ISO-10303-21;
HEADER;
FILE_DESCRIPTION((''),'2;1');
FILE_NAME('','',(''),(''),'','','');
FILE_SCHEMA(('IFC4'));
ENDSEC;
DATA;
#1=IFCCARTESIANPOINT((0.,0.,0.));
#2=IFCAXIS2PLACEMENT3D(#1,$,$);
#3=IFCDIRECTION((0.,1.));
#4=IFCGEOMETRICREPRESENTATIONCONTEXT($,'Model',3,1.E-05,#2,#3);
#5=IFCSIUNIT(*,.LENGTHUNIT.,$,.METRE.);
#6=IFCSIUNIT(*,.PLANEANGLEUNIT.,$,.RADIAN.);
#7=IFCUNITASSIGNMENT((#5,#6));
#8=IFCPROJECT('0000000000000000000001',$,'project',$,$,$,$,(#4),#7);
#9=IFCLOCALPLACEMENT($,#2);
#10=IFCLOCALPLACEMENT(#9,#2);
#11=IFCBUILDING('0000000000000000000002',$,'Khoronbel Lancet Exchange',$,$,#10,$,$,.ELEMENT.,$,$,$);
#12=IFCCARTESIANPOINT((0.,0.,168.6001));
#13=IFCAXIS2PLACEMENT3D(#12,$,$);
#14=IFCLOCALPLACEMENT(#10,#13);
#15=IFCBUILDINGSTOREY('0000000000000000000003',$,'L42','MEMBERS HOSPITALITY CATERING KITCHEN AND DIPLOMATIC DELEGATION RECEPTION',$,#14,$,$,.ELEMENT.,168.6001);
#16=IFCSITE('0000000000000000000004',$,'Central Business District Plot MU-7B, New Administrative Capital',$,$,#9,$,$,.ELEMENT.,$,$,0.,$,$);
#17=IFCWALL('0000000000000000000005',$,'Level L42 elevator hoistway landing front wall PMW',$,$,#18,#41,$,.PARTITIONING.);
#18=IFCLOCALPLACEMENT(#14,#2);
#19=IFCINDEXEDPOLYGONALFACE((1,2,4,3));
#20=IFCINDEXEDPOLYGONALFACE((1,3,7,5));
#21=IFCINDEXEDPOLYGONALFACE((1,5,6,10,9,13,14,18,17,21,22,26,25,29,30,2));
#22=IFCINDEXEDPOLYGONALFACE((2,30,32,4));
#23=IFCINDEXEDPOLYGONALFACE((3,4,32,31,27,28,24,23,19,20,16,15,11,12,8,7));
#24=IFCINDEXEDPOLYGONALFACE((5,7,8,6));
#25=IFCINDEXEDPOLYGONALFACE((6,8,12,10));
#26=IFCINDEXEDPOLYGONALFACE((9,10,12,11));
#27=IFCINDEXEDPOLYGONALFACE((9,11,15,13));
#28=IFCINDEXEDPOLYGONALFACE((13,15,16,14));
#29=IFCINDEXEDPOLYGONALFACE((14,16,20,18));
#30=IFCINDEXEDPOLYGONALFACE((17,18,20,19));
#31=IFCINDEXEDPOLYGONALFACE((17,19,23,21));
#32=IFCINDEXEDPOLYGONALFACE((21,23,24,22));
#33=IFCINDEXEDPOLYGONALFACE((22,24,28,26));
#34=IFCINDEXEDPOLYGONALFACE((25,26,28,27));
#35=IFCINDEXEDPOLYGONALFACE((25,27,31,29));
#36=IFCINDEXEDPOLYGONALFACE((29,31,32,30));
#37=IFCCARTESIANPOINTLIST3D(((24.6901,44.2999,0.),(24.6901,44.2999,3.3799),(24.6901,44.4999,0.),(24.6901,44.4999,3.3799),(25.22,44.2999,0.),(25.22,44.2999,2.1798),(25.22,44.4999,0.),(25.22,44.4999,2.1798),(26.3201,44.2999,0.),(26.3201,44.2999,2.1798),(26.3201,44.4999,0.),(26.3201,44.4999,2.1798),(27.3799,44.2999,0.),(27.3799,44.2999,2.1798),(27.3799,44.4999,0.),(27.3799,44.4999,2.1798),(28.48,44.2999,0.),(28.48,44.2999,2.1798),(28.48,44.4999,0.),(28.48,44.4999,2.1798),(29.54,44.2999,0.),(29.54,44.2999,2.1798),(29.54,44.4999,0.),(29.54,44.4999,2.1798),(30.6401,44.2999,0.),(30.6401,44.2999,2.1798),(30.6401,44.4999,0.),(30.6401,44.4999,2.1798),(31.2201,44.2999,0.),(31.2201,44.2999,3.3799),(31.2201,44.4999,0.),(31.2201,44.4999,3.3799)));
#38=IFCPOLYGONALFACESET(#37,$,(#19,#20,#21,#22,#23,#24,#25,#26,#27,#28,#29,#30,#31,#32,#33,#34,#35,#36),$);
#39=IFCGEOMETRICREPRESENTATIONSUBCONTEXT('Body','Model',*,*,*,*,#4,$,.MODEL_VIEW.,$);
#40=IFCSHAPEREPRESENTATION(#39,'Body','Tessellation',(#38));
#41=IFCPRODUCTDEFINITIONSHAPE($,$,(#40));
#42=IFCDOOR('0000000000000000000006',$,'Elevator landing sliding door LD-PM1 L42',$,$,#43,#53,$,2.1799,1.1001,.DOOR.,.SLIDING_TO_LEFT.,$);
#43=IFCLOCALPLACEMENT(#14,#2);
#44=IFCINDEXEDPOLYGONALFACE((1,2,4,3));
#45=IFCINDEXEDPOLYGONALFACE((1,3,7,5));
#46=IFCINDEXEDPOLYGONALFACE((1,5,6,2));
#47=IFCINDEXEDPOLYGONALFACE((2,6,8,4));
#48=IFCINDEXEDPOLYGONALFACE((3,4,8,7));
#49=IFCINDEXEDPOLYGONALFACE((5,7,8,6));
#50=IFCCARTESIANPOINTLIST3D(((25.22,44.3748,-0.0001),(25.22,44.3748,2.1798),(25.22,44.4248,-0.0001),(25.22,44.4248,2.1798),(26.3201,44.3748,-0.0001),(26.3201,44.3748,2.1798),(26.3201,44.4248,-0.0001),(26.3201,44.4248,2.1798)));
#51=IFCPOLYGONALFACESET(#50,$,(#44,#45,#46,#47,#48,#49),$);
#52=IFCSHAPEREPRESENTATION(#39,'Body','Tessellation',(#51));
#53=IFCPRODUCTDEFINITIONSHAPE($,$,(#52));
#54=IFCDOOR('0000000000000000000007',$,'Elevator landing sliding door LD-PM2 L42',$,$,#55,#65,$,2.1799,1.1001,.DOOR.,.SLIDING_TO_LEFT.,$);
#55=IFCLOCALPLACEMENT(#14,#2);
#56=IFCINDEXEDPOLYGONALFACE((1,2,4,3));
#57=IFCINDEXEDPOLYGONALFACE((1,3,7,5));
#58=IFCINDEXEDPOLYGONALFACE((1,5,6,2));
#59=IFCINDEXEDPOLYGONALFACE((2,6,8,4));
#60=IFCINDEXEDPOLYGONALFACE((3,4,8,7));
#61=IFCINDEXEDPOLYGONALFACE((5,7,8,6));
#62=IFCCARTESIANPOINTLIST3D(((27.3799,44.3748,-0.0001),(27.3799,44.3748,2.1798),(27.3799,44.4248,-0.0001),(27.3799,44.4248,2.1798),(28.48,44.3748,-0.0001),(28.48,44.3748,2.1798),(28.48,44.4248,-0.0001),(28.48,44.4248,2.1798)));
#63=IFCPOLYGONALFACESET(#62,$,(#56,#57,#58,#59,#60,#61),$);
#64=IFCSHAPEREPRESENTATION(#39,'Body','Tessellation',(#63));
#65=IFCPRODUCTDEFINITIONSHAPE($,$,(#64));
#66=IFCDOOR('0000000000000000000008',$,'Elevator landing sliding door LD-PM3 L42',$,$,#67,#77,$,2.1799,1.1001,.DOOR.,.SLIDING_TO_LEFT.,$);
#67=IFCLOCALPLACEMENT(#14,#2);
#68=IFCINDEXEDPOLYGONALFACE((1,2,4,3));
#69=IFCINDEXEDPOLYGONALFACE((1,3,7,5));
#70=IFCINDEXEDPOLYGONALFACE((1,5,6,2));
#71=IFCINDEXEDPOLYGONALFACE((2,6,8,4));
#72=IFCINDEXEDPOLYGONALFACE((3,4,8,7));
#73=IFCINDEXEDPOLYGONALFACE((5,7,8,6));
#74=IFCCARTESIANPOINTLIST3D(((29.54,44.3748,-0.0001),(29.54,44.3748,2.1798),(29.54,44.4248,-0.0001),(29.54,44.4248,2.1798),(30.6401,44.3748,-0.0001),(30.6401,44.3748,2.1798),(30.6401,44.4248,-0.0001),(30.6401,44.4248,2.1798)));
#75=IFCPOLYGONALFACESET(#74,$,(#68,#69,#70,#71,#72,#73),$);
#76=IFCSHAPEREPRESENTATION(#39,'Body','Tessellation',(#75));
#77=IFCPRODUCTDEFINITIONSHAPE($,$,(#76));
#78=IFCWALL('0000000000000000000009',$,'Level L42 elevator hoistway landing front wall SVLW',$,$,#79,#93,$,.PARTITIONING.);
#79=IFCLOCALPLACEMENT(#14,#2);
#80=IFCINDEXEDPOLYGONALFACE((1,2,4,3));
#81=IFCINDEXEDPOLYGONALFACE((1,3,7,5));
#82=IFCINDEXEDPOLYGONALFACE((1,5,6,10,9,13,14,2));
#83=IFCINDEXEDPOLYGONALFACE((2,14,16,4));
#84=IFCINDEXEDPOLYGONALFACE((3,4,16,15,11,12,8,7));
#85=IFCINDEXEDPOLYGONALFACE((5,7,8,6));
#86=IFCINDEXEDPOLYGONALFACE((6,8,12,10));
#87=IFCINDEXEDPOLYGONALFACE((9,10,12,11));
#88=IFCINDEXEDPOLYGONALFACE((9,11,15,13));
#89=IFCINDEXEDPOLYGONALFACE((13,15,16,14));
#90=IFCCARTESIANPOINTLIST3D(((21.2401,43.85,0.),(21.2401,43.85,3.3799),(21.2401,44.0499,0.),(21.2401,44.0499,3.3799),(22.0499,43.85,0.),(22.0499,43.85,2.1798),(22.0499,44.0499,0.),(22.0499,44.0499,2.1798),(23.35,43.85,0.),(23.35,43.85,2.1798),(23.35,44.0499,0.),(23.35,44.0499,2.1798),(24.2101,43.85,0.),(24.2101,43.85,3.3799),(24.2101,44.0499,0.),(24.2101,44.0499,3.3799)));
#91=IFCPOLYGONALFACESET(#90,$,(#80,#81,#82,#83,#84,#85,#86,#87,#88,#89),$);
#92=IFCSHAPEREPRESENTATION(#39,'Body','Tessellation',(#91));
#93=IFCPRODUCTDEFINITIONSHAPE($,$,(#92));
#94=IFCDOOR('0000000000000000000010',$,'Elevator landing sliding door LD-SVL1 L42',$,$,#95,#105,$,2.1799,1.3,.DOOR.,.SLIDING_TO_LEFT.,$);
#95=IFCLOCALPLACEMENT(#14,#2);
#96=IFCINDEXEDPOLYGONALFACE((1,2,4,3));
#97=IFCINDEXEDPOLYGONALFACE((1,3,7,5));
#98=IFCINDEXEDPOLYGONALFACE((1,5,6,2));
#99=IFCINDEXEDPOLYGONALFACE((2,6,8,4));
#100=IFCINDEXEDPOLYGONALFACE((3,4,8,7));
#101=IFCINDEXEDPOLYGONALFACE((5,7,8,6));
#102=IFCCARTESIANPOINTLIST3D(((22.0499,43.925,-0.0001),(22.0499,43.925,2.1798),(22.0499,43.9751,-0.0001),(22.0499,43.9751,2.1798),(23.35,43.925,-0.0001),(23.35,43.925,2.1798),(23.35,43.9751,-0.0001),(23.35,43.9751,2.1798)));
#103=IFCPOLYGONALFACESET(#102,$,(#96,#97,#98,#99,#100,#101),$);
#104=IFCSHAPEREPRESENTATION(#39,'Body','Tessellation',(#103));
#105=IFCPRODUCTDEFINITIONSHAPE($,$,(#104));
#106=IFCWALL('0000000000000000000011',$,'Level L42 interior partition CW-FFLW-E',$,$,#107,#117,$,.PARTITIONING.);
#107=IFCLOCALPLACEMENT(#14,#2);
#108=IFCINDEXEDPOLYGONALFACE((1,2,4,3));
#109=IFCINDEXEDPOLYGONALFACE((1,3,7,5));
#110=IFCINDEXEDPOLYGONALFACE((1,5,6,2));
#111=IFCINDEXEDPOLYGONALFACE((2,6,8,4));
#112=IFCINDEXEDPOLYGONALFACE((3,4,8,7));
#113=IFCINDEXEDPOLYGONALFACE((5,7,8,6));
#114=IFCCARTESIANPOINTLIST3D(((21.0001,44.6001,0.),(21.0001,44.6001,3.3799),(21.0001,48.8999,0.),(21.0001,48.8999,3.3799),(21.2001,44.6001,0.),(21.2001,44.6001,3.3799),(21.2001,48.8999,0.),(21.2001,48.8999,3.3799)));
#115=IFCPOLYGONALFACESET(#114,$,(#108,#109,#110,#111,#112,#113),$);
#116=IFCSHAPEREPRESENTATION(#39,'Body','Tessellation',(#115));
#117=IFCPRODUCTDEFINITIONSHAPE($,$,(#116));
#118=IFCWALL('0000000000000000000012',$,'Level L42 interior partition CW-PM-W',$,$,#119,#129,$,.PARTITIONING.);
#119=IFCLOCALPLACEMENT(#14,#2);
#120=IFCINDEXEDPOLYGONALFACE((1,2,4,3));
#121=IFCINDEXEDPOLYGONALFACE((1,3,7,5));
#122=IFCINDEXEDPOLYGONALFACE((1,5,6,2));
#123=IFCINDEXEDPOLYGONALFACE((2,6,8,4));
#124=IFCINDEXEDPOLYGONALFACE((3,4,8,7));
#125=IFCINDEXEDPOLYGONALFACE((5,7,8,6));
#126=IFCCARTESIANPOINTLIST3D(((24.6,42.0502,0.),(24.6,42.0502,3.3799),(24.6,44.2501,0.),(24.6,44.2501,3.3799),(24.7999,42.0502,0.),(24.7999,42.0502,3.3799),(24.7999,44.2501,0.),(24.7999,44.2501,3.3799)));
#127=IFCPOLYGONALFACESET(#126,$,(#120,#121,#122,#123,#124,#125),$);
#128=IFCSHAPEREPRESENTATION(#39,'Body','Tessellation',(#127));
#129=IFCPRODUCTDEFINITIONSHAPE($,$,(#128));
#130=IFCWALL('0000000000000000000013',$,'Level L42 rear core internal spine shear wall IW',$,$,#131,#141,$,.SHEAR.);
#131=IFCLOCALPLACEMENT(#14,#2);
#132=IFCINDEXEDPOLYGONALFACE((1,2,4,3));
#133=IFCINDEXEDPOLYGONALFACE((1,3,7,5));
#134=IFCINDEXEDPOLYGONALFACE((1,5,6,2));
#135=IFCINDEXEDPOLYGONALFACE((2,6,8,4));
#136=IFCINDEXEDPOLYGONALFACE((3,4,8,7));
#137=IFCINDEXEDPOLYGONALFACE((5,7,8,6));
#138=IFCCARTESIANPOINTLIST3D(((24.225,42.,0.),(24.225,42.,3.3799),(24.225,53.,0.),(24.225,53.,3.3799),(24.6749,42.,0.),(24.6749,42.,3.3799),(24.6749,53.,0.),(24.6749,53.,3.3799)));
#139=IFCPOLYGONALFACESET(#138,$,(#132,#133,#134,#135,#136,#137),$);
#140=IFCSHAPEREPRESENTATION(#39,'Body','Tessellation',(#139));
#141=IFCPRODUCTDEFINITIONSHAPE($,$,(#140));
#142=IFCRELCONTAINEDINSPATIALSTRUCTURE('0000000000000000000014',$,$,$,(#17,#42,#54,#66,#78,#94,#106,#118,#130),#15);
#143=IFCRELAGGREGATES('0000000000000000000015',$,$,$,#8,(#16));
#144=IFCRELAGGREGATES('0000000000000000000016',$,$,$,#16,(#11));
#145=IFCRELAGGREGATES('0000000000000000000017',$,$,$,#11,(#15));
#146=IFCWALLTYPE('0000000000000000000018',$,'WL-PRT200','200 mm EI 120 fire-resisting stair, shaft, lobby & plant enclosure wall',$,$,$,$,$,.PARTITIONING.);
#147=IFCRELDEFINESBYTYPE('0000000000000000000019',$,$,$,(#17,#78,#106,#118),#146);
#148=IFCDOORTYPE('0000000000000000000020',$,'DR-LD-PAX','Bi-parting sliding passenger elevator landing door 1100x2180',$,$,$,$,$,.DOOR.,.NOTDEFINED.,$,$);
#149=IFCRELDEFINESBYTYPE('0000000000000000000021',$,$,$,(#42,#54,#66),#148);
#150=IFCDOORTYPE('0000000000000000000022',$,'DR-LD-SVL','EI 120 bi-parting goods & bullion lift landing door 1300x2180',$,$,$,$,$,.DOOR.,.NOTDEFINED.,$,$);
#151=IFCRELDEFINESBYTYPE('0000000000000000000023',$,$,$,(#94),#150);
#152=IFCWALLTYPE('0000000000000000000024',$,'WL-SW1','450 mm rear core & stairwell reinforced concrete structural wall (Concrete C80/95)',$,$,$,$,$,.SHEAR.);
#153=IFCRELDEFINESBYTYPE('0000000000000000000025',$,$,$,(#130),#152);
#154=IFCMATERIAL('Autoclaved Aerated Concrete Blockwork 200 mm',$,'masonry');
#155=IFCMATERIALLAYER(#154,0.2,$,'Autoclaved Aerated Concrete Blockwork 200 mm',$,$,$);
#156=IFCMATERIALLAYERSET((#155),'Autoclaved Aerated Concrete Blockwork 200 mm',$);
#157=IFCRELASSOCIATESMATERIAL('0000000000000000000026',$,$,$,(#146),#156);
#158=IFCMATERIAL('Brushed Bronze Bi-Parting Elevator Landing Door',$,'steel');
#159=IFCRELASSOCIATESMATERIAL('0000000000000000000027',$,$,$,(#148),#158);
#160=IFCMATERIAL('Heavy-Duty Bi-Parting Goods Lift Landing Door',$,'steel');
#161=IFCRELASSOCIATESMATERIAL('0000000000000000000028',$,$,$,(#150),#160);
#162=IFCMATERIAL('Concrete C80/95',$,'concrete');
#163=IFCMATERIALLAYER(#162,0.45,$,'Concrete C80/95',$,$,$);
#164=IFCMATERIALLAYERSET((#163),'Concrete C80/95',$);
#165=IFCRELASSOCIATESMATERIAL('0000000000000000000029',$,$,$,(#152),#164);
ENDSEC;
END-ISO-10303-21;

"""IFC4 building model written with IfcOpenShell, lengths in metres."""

from ifc_helpers import new_model, si_unit, direction, frame, frame_2d, origin, place, context, subcontext, project, spatial, rectangle, extrude, material, layer, layer_set, type_object, element, fill, save


model = new_model("IFC4")

# Units and contexts
model_context = context("Model", 3, precision=1e-05, world=origin(), true_north=direction((0.0, 1.0)))
body_context = subcontext(model_context, "Body", "Model", "MODEL_VIEW")
ifc_project = project(units=[si_unit("LENGTHUNIT", "METRE"), si_unit("PLANEANGLEUNIT", "RADIAN")], contexts=[model_context])

# Site, building, storey
site_placement = place(None, origin())
site = spatial("IfcSite", under=ifc_project, at=site_placement, Name="Central Business District Plot MU-7B, New Administrative Capital", CompositionType="ELEMENT", RefElevation=0.0)
building_placement = place(site_placement, origin())
building = spatial("IfcBuilding", under=site, at=building_placement, Name="Khoronbel Lancet Exchange", CompositionType="ELEMENT")
storey_placement = place(building_placement, frame((0.0, 0.0, 168.6001)))
storey = spatial("IfcBuildingStorey", under=building, at=storey_placement, Name="L42", Description="MEMBERS HOSPITALITY CATERING KITCHEN AND DIPLOMATIC DELEGATION RECEPTION", CompositionType="ELEMENT", Elevation=168.6001)

# Shared definitions
ifc_material_1 = material(Name="Concrete C80/95", Category="concrete")

# Wall, openings, doors
ifc_material_2 = material(Name="Autoclaved Aerated Concrete Blockwork 200 mm", Category="masonry")
ifc_layer_1 = layer(ifc_material_2, 0.2, Name="Autoclaved Aerated Concrete Blockwork 200 mm")
ifc_layer_set_1 = layer_set([ifc_layer_1], Name="Autoclaved Aerated Concrete Blockwork 200 mm")
wall_type_1 = type_object("IfcWallType", Name="WL-PRT200", Description="200 mm EI 120 fire-resisting stair, shaft, lobby & plant enclosure wall", PredefinedType="PARTITIONING", material=ifc_layer_set_1)
wall_1_placement = place(storey_placement, frame((24.6899, 44.3999, 0.0), z_axis=(0.0, 0.0, 1.0), x_axis=(1.0, 0.0, 0.0)))
wall_1 = element("IfcWall", 1, at=wall_1_placement, inside=storey, type_object=wall_type_1, Name="Level L42 elevator hoistway landing front wall PMW", PredefinedType="PARTITIONING", context=body_context, shape_type="SweptSolid", body=[
    extrude(rectangle(XDim=6.53, YDim=0.2, at=frame_2d((3.2651, 0.0))), origin(), (0.0, 0.0, 1.0), 3.3799),
])
opening_1_placement = place(wall_1_placement, frame((0.53, 0.0, 0.0)))
opening_1 = element("IfcOpeningElement", 2, at=opening_1_placement, cuts=wall_1, PredefinedType="OPENING", context=body_context, shape_type="SweptSolid", body=[
    extrude(rectangle(XDim=1.1001, YDim=2.1799, at=frame_2d((0.55, 1.0898))), frame((0.0, 0.1099, 0.0), z_axis=(0.0, -1.0, 0.0), x_axis=(1.0, 0.0, 0.0)), (0.0, 0.0, 1.0), 0.22),
])
opening_2_placement = place(wall_1_placement, frame((2.6899, 0.0, 0.0)))
opening_2 = element("IfcOpeningElement", 3, at=opening_2_placement, cuts=wall_1, PredefinedType="OPENING", context=body_context, shape_type="SweptSolid", body=[
    extrude(rectangle(XDim=1.1001, YDim=2.1799, at=frame_2d((0.55, 1.0898))), frame((0.0, 0.1099, 0.0), z_axis=(0.0, -1.0, 0.0), x_axis=(1.0, 0.0, 0.0)), (0.0, 0.0, 1.0), 0.22),
])
opening_3_placement = place(wall_1_placement, frame((4.8501, 0.0, 0.0)))
opening_3 = element("IfcOpeningElement", 4, at=opening_3_placement, cuts=wall_1, PredefinedType="OPENING", context=body_context, shape_type="SweptSolid", body=[
    extrude(rectangle(XDim=1.1001, YDim=2.1799, at=frame_2d((0.55, 1.0898))), frame((0.0, 0.1099, 0.0), z_axis=(0.0, -1.0, 0.0), x_axis=(1.0, 0.0, 0.0)), (0.0, 0.0, 1.0), 0.22),
])
ifc_material_3 = material(Name="Brushed Bronze Bi-Parting Elevator Landing Door", Category="steel")
door_type_1 = type_object("IfcDoorType", Name="DR-LD-PAX", Description="Bi-parting sliding passenger elevator landing door 1100x2180", OperationType="NOTDEFINED", PredefinedType="DOOR", material=ifc_material_3)
door_1_placement = place(opening_1_placement, origin())
door_1 = element("IfcDoor", 5, at=door_1_placement, inside=storey, type_object=door_type_1, Name="Elevator landing sliding door LD-PM1 L42", OperationType="SLIDING_TO_LEFT", OverallHeight=2.1799, OverallWidth=1.1001, PredefinedType="DOOR", context=body_context, shape_type="SweptSolid", body=[
    extrude(rectangle(XDim=1.1001, YDim=2.1799, at=frame_2d((0.55, 1.0898))), frame((0.0, 0.0249, 0.0), z_axis=(0.0, -1.0, 0.0), x_axis=(1.0, 0.0, 0.0)), (0.0, 0.0, 1.0), 0.05),
])
fill(opening_1, door_1)
door_2_placement = place(opening_2_placement, origin())
door_2 = element("IfcDoor", 6, at=door_2_placement, inside=storey, type_object=door_type_1, Name="Elevator landing sliding door LD-PM2 L42", OperationType="SLIDING_TO_LEFT", OverallHeight=2.1799, OverallWidth=1.1001, PredefinedType="DOOR", context=body_context, shape_type="SweptSolid", body=[
    extrude(rectangle(XDim=1.1001, YDim=2.1799, at=frame_2d((0.55, 1.0898))), frame((0.0, 0.0249, 0.0), z_axis=(0.0, -1.0, 0.0), x_axis=(1.0, 0.0, 0.0)), (0.0, 0.0, 1.0), 0.05),
])
fill(opening_2, door_2)
door_3_placement = place(opening_3_placement, origin())
door_3 = element("IfcDoor", 7, at=door_3_placement, inside=storey, type_object=door_type_1, Name="Elevator landing sliding door LD-PM3 L42", OperationType="SLIDING_TO_LEFT", OverallHeight=2.1799, OverallWidth=1.1001, PredefinedType="DOOR", context=body_context, shape_type="SweptSolid", body=[
    extrude(rectangle(XDim=1.1001, YDim=2.1799, at=frame_2d((0.55, 1.0898))), frame((0.0, 0.0249, 0.0), z_axis=(0.0, -1.0, 0.0), x_axis=(1.0, 0.0, 0.0)), (0.0, 0.0, 1.0), 0.05),
])
fill(opening_3, door_3)

# Wall, opening, door
wall_2_placement = place(storey_placement, frame((24.21, 43.95, 0.0), z_axis=(0.0, 0.0, 1.0), x_axis=(-1.0, 0.0, 0.0)))
wall_2 = element("IfcWall", 8, at=wall_2_placement, inside=storey, type_object=wall_type_1, Name="Level L42 elevator hoistway landing front wall SVLW", PredefinedType="PARTITIONING", context=body_context, shape_type="SweptSolid", body=[
    extrude(rectangle(XDim=2.97, YDim=0.2, at=frame_2d((1.4849, 0.0))), origin(), (0.0, 0.0, 1.0), 3.3799),
])
opening_4_placement = place(wall_2_placement, frame((0.8601, 0.0, 0.0)))
opening_4 = element("IfcOpeningElement", 9, at=opening_4_placement, cuts=wall_2, PredefinedType="OPENING", context=body_context, shape_type="SweptSolid", body=[
    extrude(rectangle(XDim=1.3, YDim=2.1799, at=frame_2d((0.6499, 1.0898))), frame((0.0, 0.1099, 0.0), z_axis=(0.0, -1.0, 0.0), x_axis=(1.0, 0.0, 0.0)), (0.0, 0.0, 1.0), 0.22),
])
ifc_material_4 = material(Name="Heavy-Duty Bi-Parting Goods Lift Landing Door", Category="steel")
door_type_2 = type_object("IfcDoorType", Name="DR-LD-SVL", Description="EI 120 bi-parting goods & bullion lift landing door 1300x2180", OperationType="NOTDEFINED", PredefinedType="DOOR", material=ifc_material_4)
door_4_placement = place(opening_4_placement, origin())
door_4 = element("IfcDoor", 10, at=door_4_placement, inside=storey, type_object=door_type_2, Name="Elevator landing sliding door LD-SVL1 L42", OperationType="SLIDING_TO_LEFT", OverallHeight=2.1799, OverallWidth=1.3, PredefinedType="DOOR", context=body_context, shape_type="SweptSolid", body=[
    extrude(rectangle(XDim=1.3, YDim=2.1799, at=frame_2d((0.6499, 1.0898))), frame((0.0, 0.0249, 0.0), z_axis=(0.0, -1.0, 0.0), x_axis=(1.0, 0.0, 0.0)), (0.0, 0.0, 1.0), 0.05),
])
fill(opening_4, door_4)

# Wall
wall_3_placement = place(storey_placement, frame((21.1001, 44.6001, 0.0), z_axis=(0.0, 0.0, 1.0), x_axis=(0.0, 1.0, 0.0)))
element("IfcWall", 11, at=wall_3_placement, inside=storey, type_object=wall_type_1, Name="Level L42 interior partition CW-FFLW-E", PredefinedType="PARTITIONING", context=body_context, shape_type="SweptSolid", body=[
    extrude(rectangle(XDim=4.2998, YDim=0.2, at=frame_2d((2.1499, 0.0))), origin(), (0.0, 0.0, 1.0), 3.3799),
])

# Walls
wall_4_placement = place(storey_placement, frame((24.7, 42.05, 0.0), z_axis=(0.0, 0.0, 1.0), x_axis=(0.0, 1.0, 0.0)))
element("IfcWall", 12, at=wall_4_placement, inside=storey, type_object=wall_type_1, Name="Level L42 interior partition CW-PM-W", PredefinedType="PARTITIONING", context=body_context, shape_type="SweptSolid", body=[
    extrude(rectangle(XDim=2.2, YDim=0.2, at=frame_2d((1.1001, 0.0))), origin(), (0.0, 0.0, 1.0), 3.3799),
])
ifc_layer_2 = layer(ifc_material_1, 0.45, Name="Concrete C80/95")
ifc_layer_set_2 = layer_set([ifc_layer_2], Name="Concrete C80/95")
wall_type_2 = type_object("IfcWallType", Name="WL-SW1", Description="450 mm rear core & stairwell reinforced concrete structural wall (Concrete C80/95)", PredefinedType="SHEAR", material=ifc_layer_set_2)
wall_5_placement = place(storey_placement, frame((24.45, 42.0, 0.0), z_axis=(0.0, 0.0, 1.0), x_axis=(0.0, 1.0, 0.0)))
element("IfcWall", 13, at=wall_5_placement, inside=storey, type_object=wall_type_2, Name="Level L42 rear core internal spine shear wall IW", PredefinedType="SHEAR", context=body_context, shape_type="SweptSolid", body=[
    extrude(rectangle(XDim=11.0, YDim=0.45, at=frame_2d((5.5, 0.0))), origin(), (0.0, 0.0, 1.0), 3.3799),
])

save(model, "model.ifc")
